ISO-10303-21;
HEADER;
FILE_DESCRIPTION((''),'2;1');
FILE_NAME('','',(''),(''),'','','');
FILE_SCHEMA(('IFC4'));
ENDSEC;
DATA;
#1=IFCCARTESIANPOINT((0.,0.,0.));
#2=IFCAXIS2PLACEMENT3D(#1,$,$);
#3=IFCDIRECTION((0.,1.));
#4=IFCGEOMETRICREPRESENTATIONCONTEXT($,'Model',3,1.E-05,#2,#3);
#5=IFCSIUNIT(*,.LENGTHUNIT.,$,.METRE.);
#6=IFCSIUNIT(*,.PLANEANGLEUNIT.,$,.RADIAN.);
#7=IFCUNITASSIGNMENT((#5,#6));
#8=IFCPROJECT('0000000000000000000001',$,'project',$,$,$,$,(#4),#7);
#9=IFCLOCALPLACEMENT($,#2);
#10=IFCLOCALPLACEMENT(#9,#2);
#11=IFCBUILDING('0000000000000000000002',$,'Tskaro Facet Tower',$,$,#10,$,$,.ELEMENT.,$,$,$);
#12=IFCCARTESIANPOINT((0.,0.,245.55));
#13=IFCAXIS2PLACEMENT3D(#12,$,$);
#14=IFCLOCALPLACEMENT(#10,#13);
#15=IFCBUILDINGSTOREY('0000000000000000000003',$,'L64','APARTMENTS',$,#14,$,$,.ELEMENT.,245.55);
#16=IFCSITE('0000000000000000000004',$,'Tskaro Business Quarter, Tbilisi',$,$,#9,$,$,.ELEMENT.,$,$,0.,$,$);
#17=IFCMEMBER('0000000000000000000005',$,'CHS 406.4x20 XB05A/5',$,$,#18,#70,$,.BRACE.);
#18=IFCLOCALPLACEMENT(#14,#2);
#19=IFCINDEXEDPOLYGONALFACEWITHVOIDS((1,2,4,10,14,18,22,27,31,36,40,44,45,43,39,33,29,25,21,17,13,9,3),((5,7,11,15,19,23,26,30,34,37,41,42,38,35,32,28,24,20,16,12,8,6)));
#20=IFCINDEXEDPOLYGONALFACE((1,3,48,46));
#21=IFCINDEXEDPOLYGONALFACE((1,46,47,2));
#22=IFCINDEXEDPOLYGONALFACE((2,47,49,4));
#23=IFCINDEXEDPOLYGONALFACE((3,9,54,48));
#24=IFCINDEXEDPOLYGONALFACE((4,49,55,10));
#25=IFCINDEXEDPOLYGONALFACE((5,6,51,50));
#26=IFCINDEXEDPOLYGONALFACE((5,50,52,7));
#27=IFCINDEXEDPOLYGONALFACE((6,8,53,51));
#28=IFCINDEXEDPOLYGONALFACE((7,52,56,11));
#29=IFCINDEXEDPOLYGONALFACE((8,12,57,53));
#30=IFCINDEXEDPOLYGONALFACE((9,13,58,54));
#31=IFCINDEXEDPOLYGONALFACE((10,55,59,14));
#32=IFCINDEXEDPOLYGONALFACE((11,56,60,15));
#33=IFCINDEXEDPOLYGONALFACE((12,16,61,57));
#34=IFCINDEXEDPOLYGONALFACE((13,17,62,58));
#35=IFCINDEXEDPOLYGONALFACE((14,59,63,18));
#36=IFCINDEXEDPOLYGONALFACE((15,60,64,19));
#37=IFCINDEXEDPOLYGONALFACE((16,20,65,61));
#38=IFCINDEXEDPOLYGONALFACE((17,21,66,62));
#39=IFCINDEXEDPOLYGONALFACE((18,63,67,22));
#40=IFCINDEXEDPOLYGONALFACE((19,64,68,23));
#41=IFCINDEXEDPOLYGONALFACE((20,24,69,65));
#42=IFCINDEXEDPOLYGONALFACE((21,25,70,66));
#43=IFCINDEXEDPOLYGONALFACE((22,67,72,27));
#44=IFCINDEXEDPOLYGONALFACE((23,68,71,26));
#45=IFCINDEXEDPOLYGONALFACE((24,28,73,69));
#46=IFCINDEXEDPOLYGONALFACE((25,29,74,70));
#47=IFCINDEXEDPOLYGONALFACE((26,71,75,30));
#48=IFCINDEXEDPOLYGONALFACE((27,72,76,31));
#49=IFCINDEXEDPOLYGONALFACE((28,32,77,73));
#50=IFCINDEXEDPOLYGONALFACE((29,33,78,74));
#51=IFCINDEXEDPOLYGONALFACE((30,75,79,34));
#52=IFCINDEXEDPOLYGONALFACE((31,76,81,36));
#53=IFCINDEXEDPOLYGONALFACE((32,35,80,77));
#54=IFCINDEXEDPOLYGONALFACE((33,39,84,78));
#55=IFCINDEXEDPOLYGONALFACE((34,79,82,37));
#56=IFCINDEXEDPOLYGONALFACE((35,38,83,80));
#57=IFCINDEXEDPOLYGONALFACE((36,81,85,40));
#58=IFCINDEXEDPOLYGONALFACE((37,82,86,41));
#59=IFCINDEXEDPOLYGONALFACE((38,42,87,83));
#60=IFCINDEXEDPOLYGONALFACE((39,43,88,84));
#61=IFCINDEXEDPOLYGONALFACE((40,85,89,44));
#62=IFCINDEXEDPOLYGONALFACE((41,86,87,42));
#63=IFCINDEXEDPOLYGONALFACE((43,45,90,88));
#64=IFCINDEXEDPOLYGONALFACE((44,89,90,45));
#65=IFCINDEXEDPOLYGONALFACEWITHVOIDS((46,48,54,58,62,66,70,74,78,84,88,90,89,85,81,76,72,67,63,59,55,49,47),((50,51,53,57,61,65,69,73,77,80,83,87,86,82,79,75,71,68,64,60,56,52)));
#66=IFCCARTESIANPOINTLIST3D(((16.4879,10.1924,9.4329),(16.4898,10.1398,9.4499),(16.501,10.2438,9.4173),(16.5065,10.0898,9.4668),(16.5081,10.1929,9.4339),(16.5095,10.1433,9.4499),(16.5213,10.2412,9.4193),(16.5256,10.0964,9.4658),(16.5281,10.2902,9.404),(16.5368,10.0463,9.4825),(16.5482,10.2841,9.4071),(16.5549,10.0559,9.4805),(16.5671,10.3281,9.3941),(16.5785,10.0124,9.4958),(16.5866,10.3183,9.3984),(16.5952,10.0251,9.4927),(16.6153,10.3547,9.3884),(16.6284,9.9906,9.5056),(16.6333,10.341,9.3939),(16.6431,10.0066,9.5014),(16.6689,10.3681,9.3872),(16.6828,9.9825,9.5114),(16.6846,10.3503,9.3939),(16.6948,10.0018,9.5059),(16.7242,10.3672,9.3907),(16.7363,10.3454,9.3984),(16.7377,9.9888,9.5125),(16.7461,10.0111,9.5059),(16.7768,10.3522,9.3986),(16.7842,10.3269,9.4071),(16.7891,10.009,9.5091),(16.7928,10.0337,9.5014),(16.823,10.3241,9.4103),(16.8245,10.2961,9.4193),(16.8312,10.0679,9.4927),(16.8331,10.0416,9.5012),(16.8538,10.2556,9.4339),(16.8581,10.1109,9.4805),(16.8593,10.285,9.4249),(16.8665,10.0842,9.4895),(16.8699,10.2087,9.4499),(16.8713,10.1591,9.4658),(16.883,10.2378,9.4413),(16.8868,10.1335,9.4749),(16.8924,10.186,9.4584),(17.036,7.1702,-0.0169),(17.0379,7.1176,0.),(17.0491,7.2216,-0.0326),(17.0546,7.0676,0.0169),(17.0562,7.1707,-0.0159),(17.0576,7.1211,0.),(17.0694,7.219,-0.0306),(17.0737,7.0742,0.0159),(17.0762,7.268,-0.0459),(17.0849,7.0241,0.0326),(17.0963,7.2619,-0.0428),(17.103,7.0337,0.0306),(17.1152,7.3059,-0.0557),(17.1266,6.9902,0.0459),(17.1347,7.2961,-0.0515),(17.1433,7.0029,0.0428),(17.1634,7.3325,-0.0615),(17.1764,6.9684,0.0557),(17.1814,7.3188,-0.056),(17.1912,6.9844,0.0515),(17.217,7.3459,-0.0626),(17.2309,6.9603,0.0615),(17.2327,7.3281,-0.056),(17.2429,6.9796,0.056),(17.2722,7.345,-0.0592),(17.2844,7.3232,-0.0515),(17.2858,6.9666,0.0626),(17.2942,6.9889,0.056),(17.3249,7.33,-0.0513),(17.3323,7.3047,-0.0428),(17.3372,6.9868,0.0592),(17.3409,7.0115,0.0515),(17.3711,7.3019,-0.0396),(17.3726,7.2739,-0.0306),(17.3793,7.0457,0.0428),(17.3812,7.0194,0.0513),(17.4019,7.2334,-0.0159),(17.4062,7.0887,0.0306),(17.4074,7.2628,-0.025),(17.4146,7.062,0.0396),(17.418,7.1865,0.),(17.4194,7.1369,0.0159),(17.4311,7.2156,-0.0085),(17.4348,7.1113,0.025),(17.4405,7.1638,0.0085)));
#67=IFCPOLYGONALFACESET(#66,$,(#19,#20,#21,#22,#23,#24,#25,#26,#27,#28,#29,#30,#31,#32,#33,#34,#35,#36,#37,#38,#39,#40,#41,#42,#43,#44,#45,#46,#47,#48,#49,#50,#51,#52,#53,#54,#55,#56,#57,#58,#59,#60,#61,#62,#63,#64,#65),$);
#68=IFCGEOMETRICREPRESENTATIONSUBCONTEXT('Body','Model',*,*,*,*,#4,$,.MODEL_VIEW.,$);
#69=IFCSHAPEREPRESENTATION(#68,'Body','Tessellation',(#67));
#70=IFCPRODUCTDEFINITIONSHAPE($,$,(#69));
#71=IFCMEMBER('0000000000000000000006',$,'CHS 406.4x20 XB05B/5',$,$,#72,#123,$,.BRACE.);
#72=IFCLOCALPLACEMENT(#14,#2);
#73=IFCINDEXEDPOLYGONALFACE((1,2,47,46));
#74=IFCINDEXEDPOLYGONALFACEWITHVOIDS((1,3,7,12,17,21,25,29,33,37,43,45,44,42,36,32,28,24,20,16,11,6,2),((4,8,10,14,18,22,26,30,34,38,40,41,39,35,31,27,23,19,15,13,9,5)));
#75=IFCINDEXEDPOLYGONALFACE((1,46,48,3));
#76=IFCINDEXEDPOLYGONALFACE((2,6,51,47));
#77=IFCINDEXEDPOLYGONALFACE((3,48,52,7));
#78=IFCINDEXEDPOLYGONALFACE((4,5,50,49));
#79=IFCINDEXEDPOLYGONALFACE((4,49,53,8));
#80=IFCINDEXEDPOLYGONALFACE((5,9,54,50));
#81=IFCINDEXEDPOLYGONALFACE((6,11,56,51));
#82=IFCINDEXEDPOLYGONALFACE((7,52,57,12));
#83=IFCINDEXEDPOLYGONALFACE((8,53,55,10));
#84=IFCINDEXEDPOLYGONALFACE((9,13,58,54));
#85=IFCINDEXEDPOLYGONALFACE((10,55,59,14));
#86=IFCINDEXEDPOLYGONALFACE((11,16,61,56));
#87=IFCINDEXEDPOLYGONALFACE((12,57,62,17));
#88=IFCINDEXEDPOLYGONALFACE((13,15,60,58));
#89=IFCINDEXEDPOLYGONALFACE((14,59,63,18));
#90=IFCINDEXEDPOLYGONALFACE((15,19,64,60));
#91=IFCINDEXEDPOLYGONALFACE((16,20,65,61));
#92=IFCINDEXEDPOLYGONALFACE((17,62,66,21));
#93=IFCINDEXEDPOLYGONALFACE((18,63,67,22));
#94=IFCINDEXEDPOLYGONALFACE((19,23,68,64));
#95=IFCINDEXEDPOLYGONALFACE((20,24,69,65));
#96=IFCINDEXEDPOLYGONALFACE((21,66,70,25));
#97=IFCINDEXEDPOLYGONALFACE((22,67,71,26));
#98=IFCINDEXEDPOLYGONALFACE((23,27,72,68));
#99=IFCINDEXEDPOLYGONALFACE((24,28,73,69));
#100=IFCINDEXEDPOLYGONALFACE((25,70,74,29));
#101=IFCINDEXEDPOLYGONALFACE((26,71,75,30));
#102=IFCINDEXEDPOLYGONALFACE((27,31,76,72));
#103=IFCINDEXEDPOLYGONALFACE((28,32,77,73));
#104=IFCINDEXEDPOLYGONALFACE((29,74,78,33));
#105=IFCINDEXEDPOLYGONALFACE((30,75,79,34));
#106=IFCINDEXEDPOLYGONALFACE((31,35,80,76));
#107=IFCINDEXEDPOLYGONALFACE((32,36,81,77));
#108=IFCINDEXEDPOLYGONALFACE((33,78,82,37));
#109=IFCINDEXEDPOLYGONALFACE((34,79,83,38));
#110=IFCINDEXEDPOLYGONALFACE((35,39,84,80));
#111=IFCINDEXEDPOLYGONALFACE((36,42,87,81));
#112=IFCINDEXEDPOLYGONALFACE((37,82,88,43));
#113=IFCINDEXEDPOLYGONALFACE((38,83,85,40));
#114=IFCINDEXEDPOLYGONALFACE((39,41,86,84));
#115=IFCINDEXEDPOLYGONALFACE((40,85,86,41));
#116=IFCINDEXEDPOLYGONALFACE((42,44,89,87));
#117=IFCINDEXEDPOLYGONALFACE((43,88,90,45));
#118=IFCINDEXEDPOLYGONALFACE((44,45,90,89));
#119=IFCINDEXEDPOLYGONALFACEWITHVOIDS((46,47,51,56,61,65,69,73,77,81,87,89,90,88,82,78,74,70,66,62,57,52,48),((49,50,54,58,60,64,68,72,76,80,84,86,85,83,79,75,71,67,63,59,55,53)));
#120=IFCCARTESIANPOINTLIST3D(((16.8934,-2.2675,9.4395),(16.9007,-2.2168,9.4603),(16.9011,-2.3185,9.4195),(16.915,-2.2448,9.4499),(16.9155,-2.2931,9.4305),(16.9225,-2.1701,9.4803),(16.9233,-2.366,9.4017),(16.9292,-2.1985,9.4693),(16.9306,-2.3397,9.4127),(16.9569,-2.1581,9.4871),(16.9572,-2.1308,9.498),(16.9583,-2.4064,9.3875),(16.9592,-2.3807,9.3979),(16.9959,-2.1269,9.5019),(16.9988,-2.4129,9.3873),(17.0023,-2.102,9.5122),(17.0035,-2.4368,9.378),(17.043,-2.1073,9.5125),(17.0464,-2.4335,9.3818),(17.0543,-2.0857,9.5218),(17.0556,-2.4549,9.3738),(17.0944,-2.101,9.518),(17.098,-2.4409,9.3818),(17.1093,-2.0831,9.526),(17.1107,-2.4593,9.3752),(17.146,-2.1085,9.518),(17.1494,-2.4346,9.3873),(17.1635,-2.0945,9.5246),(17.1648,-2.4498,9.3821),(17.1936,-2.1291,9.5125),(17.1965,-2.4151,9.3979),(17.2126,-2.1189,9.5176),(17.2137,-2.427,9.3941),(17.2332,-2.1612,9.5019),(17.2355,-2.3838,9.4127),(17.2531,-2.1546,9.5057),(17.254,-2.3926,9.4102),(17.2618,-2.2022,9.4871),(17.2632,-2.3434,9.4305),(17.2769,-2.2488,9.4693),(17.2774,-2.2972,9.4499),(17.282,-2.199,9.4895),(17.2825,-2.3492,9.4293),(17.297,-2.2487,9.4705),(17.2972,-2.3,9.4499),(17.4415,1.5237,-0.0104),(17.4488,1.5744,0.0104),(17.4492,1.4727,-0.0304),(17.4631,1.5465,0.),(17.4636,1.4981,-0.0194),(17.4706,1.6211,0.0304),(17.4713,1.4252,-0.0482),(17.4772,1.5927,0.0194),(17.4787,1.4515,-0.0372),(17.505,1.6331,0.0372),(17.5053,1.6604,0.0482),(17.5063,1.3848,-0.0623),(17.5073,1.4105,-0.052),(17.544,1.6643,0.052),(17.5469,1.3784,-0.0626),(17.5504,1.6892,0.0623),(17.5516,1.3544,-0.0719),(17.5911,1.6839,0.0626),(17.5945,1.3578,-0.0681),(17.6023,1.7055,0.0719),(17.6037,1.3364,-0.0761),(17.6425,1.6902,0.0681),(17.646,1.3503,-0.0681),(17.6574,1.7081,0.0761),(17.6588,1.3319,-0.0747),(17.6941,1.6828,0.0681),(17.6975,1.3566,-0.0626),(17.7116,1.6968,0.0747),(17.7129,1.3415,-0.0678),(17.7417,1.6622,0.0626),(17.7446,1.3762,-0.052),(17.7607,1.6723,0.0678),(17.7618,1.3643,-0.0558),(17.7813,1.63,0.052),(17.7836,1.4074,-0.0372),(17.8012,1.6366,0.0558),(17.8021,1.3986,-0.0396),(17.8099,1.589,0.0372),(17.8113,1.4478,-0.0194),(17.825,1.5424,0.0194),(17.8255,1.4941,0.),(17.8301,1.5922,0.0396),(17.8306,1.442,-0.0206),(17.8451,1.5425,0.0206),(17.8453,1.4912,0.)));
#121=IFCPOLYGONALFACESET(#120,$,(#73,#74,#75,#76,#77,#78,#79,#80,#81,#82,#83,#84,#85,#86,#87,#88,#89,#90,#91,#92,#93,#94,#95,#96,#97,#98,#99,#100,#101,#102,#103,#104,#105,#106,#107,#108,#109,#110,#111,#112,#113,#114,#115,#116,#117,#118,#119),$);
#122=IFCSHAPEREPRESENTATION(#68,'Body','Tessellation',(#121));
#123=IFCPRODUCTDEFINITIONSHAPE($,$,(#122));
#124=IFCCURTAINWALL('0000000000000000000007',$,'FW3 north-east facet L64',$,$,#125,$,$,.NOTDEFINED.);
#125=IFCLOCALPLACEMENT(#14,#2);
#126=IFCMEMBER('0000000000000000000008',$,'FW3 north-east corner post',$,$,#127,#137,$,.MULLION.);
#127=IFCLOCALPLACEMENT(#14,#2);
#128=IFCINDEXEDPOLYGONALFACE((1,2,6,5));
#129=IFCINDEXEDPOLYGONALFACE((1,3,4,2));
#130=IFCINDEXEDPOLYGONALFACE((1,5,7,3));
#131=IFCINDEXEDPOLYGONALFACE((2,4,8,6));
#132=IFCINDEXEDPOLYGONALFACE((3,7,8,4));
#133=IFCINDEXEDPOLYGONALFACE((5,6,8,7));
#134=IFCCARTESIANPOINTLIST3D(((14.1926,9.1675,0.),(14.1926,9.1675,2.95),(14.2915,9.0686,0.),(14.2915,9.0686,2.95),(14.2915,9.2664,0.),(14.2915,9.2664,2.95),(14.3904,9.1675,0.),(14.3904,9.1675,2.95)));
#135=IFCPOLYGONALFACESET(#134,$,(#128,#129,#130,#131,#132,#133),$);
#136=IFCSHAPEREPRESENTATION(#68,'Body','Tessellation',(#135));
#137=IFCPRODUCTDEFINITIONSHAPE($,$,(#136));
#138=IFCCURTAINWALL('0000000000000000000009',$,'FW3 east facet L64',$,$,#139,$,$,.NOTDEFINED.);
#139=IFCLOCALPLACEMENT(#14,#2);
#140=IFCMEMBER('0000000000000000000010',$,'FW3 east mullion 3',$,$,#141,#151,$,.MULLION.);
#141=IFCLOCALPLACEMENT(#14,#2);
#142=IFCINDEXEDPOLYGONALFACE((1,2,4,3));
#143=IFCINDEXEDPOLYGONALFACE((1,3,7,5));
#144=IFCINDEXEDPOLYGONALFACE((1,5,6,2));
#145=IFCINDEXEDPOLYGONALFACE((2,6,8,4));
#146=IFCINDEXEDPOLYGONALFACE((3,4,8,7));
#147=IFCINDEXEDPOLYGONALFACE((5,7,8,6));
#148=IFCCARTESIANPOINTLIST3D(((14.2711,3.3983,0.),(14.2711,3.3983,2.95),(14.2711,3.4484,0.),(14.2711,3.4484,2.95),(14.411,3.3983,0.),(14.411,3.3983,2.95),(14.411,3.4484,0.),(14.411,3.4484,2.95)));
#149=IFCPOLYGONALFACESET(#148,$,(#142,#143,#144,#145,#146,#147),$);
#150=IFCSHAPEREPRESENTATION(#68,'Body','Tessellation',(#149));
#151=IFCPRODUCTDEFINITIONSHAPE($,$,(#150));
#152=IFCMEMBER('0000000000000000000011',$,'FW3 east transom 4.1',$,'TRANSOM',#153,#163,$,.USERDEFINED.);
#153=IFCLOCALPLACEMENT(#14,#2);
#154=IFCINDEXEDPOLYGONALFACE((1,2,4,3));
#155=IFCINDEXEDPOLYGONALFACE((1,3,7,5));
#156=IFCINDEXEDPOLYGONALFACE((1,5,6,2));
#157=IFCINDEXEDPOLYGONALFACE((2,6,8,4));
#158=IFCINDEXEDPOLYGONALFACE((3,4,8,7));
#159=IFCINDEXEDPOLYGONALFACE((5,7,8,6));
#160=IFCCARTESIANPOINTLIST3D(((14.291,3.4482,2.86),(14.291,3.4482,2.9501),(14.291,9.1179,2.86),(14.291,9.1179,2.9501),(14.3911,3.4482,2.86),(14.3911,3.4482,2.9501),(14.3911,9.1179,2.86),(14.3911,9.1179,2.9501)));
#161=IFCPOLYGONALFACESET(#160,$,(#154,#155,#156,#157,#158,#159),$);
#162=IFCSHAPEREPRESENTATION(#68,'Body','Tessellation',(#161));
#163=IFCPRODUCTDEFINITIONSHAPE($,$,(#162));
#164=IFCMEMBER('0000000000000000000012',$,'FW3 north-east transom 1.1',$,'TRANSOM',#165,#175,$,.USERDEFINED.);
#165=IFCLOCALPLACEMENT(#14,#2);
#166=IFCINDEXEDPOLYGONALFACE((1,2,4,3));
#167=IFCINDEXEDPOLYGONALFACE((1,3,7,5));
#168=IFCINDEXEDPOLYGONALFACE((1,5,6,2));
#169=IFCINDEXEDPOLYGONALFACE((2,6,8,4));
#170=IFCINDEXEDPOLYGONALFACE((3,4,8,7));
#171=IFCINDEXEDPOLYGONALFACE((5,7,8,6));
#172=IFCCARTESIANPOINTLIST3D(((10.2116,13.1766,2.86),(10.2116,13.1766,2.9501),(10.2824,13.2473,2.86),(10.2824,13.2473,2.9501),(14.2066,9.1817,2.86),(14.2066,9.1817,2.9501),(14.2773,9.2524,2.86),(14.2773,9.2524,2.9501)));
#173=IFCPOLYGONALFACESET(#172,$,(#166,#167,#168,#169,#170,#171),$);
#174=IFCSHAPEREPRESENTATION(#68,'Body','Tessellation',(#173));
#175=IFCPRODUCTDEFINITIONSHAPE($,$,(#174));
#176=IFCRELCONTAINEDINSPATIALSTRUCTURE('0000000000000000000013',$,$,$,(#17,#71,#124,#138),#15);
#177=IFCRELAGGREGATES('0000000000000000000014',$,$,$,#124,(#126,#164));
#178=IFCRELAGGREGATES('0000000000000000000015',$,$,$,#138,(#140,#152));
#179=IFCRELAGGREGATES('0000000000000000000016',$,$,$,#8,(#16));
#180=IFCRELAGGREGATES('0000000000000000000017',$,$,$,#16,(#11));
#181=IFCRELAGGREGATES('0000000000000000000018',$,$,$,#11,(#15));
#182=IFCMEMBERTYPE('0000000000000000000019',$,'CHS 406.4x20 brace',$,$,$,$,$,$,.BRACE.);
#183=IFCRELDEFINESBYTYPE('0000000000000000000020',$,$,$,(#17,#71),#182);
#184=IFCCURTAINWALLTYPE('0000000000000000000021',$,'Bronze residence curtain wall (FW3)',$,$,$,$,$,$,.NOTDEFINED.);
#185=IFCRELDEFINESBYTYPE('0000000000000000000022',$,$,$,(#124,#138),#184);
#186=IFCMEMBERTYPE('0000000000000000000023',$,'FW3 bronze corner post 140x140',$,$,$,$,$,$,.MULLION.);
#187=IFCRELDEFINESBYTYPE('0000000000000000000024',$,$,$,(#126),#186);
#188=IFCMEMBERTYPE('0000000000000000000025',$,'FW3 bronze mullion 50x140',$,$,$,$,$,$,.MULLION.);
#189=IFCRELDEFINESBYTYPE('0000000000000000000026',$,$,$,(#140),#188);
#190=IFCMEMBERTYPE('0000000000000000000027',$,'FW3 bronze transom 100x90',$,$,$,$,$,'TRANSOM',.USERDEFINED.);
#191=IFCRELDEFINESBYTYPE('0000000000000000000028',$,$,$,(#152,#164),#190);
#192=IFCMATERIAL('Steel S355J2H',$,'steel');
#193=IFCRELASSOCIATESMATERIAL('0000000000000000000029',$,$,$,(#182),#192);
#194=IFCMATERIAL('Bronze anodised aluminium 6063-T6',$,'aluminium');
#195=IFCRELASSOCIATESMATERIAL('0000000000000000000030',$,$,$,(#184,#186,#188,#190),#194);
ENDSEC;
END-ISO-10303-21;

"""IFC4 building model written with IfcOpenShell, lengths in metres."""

from ifc_helpers import new_model, si_unit, direction, frame, origin, origin_2d, place, context, subcontext, project, spatial, rectangle, hollow_circle, extrude, material, material_profile, profile_set, type_object, element, aggregate, save


model = new_model("IFC4")

# Units and contexts
model_context = context("Model", 3, precision=1e-05, world=origin(), true_north=direction((0.0, 1.0)))
body_context = subcontext(model_context, "Body", "Model", "MODEL_VIEW")
ifc_project = project(units=[si_unit("LENGTHUNIT", "METRE"), si_unit("PLANEANGLEUNIT", "RADIAN")], contexts=[model_context])

# Site, building, storey
site_placement = place(None, origin())
site = spatial("IfcSite", under=ifc_project, at=site_placement, Name="Tskaro Business Quarter, Tbilisi", CompositionType="ELEMENT", RefElevation=0.0)
building_placement = place(site_placement, origin())
building = spatial("IfcBuilding", under=site, at=building_placement, Name="Tskaro Facet Tower", CompositionType="ELEMENT")
storey_placement = place(building_placement, frame((0.0, 0.0, 245.55)))
storey = spatial("IfcBuildingStorey", under=building, at=storey_placement, Name="L64", Description="APARTMENTS", CompositionType="ELEMENT", Elevation=245.55)

# Shared definitions
ifc_material_1 = material(Name="Steel S355J2H", Category="steel")

# Members
ifc_material_profile_1 = material_profile(ifc_material_1, hollow_circle(Radius=0.2031, WallThickness=0.02, at=origin_2d()), Name="CHS 406.4x20")
ifc_profile_set_1 = profile_set([ifc_material_profile_1], Name="Steel S355J2H")
member_type_1 = type_object("IfcMemberType", Name="CHS 406.4x20 brace", PredefinedType="BRACE", material=ifc_profile_set_1)
member_1_placement = place(storey_placement, frame((17.2378, 7.1538, 0.0), z_axis=(-0.055159, 0.30415, 0.951026), x_axis=(-0.98395, -0.178445, 0.0)))
element("IfcMember", 1, at=member_1_placement, inside=storey, type_object=member_type_1, Name="CHS 406.4x20 XB05A/5", PredefinedType="BRACE", context=body_context, shape_type="SweptSolid", body=[
    extrude(hollow_circle(Radius=0.2031, WallThickness=0.02, at=origin_2d()), origin(), (0.0, 0.0, 1.0), 9.9365),
])
member_2_placement = place(storey_placement, frame((17.6443, 1.5203, 0.0), z_axis=(-0.053752, -0.371807, 0.926753), x_axis=(0.989711, -0.143081, 0.0)))
element("IfcMember", 2, at=member_2_placement, inside=storey, type_object=member_type_1, Name="CHS 406.4x20 XB05B/5", PredefinedType="BRACE", context=body_context, shape_type="SweptSolid", body=[
    extrude(hollow_circle(Radius=0.2031, WallThickness=0.02, at=origin_2d()), origin(), (0.0, 0.0, 1.0), 10.1968),
])

# Curtain wall, member
ifc_material_2 = material(Name="Bronze anodised aluminium 6063-T6", Category="aluminium")
curtain_wall_type = type_object("IfcCurtainWallType", Name="Bronze residence curtain wall (FW3)", PredefinedType="NOTDEFINED", material=ifc_material_2)
curtain_wall_1_placement = place(storey_placement, origin())
curtain_wall_1 = element("IfcCurtainWall", 3, at=curtain_wall_1_placement, inside=storey, type_object=curtain_wall_type, Name="FW3 north-east facet L64", PredefinedType="NOTDEFINED")
ifc_material_profile_2 = material_profile(ifc_material_2, rectangle(XDim=0.1399, YDim=0.1399, at=origin_2d()), Name="Corner post 140x140")
ifc_profile_set_2 = profile_set([ifc_material_profile_2], Name="Bronze anodised aluminium 6063-T6")
member_type_2 = type_object("IfcMemberType", Name="FW3 bronze corner post 140x140", PredefinedType="MULLION", material=ifc_profile_set_2)
member_3_placement = place(storey_placement, frame((14.2915, 9.1675, 0.0), z_axis=(0.0, 0.0, 1.0), x_axis=(-0.707107, 0.707107, 0.0)))
member_3 = element("IfcMember", 4, at=member_3_placement, type_object=member_type_2, Name="FW3 north-east corner post", PredefinedType="MULLION", context=body_context, shape_type="SweptSolid", body=[
    extrude(rectangle(XDim=0.1399, YDim=0.1399, at=origin_2d()), origin(), (0.0, 0.0, 1.0), 2.95),
])

# Curtain wall, members
curtain_wall_2_placement = place(storey_placement, origin())
curtain_wall_2 = element("IfcCurtainWall", 5, at=curtain_wall_2_placement, inside=storey, type_object=curtain_wall_type, Name="FW3 east facet L64", PredefinedType="NOTDEFINED")
ifc_material_profile_3 = material_profile(ifc_material_2, rectangle(XDim=0.05, YDim=0.1399, at=origin_2d()), Name="Mullion 50x140")
ifc_profile_set_3 = profile_set([ifc_material_profile_3], Name="Bronze anodised aluminium 6063-T6")
member_type_3 = type_object("IfcMemberType", Name="FW3 bronze mullion 50x140", PredefinedType="MULLION", material=ifc_profile_set_3)
member_4_placement = place(storey_placement, frame((14.3411, 3.4233, 0.0), z_axis=(0.0, 0.0, 1.0), x_axis=(0.0, 1.0, 0.0)))
member_4 = element("IfcMember", 6, at=member_4_placement, type_object=member_type_3, Name="FW3 east mullion 3", PredefinedType="MULLION", context=body_context, shape_type="SweptSolid", body=[
    extrude(rectangle(XDim=0.05, YDim=0.1399, at=origin_2d()), origin(), (0.0, 0.0, 1.0), 2.95),
])
ifc_material_profile_4 = material_profile(ifc_material_2, rectangle(XDim=0.1001, YDim=0.0901, at=origin_2d()), Name="Transom 100x90")
ifc_profile_set_4 = profile_set([ifc_material_profile_4], Name="Bronze anodised aluminium 6063-T6")
member_type_4 = type_object("IfcMemberType", Name="FW3 bronze transom 100x90", ElementType="TRANSOM", PredefinedType="USERDEFINED", material=ifc_profile_set_4)
member_5_placement = place(storey_placement, frame((14.3411, 3.4482, 2.905), z_axis=(0.0, 1.0, 0.0), x_axis=(-1.0, 0.0, 0.0)))
member_5 = element("IfcMember", 7, at=member_5_placement, type_object=member_type_4, Name="FW3 east transom 4.1", ObjectType="TRANSOM", PredefinedType="USERDEFINED", context=body_context, shape_type="SweptSolid", body=[
    extrude(rectangle(XDim=0.1001, YDim=0.0901, at=origin_2d()), origin(), (0.0, 0.0, 1.0), 5.6697),
])

# Member
member_6_placement = place(storey_placement, frame((14.2419, 9.217, 2.905), z_axis=(-0.707107, 0.707107, 0.0), x_axis=(-0.707107, -0.707107, 0.0)))
member_6 = element("IfcMember", 8, at=member_6_placement, type_object=member_type_4, Name="FW3 north-east transom 1.1", ObjectType="TRANSOM", PredefinedType="USERDEFINED", context=body_context, shape_type="SweptSolid", body=[
    extrude(rectangle(XDim=0.1001, YDim=0.0901, at=origin_2d()), origin(), (0.0, 0.0, 1.0), 5.6497),
])
aggregate(curtain_wall_1, [member_3, member_6])

aggregate(curtain_wall_2, [member_4, member_5])

save(model, "model.ifc")
